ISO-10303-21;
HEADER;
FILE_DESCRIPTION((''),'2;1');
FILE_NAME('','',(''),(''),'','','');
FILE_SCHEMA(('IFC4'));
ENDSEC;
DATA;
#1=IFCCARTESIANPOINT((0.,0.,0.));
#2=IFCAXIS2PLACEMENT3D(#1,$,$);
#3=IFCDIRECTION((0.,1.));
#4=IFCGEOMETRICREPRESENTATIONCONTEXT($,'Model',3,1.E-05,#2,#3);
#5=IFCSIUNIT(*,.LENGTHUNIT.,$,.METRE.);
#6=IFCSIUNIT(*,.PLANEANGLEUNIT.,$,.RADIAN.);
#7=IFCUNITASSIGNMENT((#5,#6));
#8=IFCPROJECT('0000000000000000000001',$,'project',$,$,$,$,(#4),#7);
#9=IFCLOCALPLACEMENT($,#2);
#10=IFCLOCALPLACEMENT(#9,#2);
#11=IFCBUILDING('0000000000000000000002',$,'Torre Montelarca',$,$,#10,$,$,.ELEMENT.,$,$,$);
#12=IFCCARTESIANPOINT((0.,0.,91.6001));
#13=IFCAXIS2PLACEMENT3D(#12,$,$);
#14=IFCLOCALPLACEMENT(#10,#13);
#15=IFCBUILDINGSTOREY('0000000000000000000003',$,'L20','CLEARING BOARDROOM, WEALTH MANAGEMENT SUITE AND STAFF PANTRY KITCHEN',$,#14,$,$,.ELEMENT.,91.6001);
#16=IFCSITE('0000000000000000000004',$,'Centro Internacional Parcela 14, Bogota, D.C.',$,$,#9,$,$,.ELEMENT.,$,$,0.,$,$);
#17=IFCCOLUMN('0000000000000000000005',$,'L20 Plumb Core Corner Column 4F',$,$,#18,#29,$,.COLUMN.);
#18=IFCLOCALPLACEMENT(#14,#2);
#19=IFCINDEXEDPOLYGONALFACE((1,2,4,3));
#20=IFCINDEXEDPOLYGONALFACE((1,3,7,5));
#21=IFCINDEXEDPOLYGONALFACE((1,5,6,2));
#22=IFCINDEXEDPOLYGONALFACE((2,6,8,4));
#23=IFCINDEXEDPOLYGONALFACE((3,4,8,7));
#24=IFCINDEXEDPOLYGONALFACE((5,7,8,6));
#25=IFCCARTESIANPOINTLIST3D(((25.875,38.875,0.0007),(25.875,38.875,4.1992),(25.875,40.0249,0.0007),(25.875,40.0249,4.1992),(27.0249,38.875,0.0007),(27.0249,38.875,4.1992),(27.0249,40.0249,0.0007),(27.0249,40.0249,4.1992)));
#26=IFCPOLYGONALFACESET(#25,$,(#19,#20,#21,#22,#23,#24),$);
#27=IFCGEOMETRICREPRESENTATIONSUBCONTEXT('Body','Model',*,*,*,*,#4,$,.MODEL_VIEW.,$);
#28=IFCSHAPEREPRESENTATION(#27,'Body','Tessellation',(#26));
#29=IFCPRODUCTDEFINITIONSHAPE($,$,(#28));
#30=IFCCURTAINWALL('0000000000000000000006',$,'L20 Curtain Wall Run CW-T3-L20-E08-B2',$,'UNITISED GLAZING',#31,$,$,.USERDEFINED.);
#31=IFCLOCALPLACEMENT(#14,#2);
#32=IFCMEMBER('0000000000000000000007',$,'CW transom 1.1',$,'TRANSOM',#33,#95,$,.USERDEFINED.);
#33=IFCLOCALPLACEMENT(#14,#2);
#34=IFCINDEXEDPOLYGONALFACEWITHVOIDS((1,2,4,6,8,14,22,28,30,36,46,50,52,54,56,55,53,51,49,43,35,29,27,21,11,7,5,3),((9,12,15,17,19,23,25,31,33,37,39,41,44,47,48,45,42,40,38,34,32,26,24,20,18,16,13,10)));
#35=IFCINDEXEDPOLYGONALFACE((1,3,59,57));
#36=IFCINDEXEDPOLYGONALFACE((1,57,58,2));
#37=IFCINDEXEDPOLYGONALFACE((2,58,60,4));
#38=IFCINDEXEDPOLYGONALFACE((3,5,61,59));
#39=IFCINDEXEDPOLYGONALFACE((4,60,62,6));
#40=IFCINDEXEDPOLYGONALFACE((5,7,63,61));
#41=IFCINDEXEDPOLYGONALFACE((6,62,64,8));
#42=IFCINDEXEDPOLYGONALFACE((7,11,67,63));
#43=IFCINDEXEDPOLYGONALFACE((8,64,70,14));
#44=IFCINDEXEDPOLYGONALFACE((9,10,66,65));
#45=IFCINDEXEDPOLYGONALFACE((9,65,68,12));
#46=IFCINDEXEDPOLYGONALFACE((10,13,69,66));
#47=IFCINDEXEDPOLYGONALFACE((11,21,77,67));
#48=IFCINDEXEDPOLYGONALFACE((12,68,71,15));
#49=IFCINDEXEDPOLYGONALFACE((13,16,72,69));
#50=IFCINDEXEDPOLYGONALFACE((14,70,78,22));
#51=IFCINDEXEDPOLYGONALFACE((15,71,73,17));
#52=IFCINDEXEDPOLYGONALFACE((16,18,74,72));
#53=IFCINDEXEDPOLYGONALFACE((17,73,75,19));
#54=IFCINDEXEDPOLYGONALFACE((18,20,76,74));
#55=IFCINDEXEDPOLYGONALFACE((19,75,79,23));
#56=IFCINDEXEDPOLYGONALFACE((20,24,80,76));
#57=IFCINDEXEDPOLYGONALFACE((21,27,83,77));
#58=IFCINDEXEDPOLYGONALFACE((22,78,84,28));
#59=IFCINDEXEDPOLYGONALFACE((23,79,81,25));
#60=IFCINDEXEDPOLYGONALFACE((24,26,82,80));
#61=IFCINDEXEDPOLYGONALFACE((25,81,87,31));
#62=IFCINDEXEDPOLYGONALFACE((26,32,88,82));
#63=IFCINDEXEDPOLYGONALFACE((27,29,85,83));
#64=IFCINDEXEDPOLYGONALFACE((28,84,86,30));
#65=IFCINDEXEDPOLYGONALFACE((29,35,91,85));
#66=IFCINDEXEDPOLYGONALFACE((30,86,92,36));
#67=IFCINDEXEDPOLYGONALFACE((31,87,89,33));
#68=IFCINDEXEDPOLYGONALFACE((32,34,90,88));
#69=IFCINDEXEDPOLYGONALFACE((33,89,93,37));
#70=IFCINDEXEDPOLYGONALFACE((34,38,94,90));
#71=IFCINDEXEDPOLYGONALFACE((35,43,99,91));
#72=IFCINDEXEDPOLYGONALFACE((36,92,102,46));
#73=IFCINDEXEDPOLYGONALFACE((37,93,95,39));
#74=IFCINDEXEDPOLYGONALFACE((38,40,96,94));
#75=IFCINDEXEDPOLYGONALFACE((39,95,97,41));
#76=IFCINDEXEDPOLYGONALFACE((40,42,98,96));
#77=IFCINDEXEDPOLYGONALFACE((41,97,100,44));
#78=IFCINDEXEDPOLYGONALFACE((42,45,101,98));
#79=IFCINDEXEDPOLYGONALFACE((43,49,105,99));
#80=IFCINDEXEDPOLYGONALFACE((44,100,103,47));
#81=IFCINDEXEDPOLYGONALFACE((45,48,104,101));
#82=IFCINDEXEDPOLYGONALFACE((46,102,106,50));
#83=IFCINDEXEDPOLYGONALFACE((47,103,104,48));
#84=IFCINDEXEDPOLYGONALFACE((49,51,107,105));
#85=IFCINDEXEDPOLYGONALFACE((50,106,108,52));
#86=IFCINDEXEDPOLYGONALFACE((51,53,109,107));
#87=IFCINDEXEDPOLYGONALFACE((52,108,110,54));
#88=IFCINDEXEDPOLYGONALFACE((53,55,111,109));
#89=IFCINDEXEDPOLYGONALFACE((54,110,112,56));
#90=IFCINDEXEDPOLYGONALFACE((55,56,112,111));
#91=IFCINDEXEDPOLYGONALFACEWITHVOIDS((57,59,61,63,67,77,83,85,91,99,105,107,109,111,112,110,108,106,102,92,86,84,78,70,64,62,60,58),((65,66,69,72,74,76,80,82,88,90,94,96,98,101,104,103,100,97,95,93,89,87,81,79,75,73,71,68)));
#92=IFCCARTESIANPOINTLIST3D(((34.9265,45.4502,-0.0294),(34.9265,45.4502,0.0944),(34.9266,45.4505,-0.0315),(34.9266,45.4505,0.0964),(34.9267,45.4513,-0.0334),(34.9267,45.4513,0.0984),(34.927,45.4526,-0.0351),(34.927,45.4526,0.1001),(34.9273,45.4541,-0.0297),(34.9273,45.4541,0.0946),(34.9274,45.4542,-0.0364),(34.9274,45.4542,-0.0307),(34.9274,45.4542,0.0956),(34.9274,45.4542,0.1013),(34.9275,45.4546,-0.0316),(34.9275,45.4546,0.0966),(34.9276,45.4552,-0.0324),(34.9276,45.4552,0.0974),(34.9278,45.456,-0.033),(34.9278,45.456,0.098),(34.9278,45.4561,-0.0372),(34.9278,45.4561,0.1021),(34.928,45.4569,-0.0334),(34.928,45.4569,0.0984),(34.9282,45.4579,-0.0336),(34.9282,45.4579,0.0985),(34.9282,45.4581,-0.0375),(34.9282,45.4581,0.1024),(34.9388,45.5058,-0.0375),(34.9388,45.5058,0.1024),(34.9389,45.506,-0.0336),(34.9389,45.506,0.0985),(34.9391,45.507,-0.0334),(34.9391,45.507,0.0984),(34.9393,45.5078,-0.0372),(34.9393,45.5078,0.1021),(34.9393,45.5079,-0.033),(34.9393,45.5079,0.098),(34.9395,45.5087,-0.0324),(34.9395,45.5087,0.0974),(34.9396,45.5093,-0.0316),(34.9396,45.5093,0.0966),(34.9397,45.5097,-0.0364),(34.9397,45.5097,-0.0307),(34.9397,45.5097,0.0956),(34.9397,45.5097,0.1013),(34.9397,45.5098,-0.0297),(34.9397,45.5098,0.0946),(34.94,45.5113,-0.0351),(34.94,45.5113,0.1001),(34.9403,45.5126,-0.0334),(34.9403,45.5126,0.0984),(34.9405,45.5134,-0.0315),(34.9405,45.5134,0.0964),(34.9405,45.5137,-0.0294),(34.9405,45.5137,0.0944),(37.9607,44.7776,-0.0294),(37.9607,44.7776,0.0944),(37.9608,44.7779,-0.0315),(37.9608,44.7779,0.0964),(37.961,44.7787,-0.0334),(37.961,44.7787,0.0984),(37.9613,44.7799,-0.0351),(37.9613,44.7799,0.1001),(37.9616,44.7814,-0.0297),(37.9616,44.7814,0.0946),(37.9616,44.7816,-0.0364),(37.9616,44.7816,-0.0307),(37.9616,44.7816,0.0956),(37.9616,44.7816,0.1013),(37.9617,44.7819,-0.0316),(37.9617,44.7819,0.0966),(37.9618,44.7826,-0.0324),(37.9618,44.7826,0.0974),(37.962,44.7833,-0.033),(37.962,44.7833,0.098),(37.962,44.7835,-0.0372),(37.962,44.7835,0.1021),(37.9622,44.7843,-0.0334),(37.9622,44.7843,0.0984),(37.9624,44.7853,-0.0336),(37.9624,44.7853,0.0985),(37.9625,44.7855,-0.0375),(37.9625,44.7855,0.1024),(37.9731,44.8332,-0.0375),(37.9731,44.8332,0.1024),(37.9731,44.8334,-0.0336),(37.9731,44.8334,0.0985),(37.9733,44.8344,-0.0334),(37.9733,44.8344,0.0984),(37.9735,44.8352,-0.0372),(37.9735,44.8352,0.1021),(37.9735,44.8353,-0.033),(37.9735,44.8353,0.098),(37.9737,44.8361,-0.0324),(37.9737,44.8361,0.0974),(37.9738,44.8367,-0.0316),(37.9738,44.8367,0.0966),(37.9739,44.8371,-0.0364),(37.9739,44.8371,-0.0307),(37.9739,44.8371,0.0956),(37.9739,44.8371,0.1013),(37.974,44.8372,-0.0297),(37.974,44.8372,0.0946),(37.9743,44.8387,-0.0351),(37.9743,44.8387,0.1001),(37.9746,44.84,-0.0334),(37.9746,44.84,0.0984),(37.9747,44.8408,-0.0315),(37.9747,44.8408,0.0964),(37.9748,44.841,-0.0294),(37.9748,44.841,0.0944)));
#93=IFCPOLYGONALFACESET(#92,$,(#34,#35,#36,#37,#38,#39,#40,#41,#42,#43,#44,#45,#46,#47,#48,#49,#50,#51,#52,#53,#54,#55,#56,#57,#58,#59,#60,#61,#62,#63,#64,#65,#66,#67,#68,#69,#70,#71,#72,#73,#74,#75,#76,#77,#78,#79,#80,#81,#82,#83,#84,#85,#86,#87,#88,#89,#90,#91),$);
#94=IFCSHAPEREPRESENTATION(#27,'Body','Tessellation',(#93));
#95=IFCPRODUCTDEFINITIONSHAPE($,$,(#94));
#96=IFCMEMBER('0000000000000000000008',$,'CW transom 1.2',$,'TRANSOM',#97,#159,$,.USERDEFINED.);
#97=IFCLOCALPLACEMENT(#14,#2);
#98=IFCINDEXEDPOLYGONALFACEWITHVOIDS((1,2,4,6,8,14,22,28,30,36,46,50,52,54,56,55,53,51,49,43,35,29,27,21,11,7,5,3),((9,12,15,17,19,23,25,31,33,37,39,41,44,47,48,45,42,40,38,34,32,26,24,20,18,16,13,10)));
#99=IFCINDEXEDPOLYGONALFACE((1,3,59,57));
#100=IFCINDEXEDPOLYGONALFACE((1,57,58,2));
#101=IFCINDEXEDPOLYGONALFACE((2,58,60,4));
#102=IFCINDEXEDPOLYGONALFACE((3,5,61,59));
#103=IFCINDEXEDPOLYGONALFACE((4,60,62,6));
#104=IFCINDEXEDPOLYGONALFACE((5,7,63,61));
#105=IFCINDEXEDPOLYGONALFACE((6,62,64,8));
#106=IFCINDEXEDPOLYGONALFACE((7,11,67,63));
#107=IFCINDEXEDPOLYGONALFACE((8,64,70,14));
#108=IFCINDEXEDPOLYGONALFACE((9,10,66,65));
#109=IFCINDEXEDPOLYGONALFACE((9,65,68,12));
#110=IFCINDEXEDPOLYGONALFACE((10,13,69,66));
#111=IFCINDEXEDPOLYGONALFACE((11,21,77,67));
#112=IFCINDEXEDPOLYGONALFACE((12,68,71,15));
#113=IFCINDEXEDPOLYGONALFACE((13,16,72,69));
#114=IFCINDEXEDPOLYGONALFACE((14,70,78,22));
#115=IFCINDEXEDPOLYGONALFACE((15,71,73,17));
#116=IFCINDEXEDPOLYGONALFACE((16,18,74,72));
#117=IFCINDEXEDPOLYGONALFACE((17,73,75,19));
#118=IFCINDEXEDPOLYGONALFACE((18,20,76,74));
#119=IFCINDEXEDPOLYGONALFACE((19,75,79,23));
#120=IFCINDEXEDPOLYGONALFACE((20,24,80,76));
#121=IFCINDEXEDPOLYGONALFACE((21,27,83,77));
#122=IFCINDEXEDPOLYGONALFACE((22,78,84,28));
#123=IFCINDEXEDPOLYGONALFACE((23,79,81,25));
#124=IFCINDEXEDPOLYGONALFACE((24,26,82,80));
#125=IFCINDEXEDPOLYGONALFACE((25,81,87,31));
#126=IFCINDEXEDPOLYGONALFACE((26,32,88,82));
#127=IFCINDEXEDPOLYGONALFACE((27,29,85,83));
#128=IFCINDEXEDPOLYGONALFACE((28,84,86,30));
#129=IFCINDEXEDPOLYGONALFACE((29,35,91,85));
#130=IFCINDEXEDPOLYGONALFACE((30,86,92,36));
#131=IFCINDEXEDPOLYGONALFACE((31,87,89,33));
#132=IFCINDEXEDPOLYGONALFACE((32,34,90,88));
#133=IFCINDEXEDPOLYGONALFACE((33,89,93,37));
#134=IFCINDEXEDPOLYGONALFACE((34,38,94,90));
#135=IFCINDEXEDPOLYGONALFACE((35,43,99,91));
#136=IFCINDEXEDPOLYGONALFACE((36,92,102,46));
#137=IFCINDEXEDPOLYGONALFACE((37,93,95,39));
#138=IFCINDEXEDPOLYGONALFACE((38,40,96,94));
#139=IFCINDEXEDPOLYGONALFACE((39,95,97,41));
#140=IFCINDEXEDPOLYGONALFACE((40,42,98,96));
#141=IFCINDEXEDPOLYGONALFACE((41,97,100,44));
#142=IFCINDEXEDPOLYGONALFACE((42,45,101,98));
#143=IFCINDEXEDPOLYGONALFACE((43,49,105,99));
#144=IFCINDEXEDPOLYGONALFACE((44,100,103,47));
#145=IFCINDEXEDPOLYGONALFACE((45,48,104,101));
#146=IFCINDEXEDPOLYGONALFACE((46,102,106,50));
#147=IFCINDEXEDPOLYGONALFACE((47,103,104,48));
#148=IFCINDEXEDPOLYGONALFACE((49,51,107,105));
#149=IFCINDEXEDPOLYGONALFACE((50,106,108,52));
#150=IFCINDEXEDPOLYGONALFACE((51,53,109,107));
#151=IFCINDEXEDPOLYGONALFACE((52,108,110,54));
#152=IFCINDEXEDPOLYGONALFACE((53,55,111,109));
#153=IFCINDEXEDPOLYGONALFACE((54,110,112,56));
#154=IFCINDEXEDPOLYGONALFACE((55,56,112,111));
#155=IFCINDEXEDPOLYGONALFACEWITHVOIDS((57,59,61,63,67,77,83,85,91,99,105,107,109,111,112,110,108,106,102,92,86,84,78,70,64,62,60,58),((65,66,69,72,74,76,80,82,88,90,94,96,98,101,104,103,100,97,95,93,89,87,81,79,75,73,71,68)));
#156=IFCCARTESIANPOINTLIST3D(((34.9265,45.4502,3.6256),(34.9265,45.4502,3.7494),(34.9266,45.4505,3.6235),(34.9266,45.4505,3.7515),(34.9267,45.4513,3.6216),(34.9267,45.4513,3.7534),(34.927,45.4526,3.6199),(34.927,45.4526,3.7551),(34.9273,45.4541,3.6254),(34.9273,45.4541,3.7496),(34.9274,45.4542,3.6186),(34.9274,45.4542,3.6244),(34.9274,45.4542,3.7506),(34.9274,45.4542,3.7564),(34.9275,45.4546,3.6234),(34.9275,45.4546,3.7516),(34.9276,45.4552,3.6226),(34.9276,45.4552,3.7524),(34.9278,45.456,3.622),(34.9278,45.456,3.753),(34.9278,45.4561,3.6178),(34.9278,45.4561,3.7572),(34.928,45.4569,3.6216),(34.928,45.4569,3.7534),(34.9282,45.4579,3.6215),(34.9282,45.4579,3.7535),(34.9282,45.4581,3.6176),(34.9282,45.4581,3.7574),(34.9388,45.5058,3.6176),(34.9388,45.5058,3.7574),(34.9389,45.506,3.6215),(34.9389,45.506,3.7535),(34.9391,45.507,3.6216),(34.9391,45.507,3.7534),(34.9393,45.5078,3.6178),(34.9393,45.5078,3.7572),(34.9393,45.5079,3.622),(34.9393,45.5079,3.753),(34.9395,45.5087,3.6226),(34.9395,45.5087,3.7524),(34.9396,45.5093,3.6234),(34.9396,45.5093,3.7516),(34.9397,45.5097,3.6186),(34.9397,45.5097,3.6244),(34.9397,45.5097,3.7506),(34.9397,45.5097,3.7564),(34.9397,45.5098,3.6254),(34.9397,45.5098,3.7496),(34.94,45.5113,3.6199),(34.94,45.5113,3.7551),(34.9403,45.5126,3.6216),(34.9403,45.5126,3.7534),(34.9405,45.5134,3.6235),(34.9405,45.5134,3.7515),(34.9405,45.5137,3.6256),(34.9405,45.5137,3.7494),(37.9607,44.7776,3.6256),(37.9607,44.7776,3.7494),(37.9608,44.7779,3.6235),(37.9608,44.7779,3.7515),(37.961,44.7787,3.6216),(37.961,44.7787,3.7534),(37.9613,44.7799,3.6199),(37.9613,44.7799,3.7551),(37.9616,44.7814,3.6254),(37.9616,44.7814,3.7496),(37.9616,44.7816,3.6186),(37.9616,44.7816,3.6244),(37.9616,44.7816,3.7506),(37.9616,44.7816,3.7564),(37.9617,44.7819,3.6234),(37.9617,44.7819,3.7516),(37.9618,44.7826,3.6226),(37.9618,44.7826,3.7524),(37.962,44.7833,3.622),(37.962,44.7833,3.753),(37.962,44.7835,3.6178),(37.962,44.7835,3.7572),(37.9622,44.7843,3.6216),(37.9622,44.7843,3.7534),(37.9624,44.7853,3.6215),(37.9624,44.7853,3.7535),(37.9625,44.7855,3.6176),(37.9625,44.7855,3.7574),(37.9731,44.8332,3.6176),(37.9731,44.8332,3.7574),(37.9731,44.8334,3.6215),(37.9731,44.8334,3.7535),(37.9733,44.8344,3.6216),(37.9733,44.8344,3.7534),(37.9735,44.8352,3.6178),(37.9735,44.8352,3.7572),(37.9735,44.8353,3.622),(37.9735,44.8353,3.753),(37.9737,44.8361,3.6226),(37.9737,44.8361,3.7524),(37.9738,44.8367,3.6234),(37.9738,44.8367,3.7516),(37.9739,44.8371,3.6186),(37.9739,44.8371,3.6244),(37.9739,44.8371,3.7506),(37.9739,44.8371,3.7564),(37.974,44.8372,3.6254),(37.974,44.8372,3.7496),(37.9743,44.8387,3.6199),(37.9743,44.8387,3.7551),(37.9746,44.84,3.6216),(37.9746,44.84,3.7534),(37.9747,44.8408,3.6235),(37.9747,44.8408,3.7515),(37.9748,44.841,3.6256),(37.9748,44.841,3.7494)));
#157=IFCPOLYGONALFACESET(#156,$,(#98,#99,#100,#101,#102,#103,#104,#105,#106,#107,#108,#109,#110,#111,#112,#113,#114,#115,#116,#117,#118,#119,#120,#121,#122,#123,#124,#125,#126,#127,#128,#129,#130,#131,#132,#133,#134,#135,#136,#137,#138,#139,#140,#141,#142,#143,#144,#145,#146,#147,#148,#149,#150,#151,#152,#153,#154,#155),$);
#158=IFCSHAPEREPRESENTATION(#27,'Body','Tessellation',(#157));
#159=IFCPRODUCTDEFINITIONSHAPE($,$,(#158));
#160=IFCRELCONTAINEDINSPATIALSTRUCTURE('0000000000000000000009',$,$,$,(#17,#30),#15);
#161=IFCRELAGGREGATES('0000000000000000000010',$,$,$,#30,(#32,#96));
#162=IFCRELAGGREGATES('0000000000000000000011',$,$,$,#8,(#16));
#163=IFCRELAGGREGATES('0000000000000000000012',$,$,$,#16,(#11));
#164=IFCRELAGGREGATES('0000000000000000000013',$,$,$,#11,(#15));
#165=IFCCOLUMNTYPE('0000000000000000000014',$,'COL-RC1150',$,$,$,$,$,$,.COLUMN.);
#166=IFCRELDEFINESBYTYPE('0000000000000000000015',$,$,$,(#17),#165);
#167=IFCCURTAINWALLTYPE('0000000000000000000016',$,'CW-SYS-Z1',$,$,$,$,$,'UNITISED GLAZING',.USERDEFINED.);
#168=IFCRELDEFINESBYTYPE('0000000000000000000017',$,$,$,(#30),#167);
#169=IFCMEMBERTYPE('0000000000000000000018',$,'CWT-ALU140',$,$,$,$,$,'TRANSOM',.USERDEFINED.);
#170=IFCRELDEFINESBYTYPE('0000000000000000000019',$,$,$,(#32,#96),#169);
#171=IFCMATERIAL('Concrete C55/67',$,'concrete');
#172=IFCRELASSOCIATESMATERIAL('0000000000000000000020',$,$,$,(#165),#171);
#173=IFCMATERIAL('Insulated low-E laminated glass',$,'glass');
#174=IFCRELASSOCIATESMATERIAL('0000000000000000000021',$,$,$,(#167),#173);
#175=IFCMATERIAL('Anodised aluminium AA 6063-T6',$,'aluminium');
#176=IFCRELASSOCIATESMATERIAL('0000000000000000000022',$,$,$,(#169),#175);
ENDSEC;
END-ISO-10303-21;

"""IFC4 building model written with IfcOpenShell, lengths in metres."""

from ifc_helpers import new_model, si_unit, direction, frame, origin, origin_2d, place, context, subcontext, project, spatial, rectangle, hollow_rectangle, extrude, source, transform, mapped, material, material_profile, profile_set, type_object, element, aggregate, save


model = new_model("IFC4")

# Units and contexts
model_context = context("Model", 3, precision=1e-05, world=origin(), true_north=direction((0.0, 1.0)))
body_context = subcontext(model_context, "Body", "Model", "MODEL_VIEW")
ifc_project = project(units=[si_unit("LENGTHUNIT", "METRE"), si_unit("PLANEANGLEUNIT", "RADIAN")], contexts=[model_context])

# Site, building, storey
site_placement = place(None, origin())
site = spatial("IfcSite", under=ifc_project, at=site_placement, Name="Centro Internacional Parcela 14, Bogota, D.C.", CompositionType="ELEMENT", RefElevation=0.0)
building_placement = place(site_placement, origin())
building = spatial("IfcBuilding", under=site, at=building_placement, Name="Torre Montelarca", CompositionType="ELEMENT")
storey_placement = place(building_placement, frame((0.0, 0.0, 91.6001)))
storey = spatial("IfcBuildingStorey", under=building, at=storey_placement, Name="L20", Description="CLEARING BOARDROOM, WEALTH MANAGEMENT SUITE AND STAFF PANTRY KITCHEN", CompositionType="ELEMENT", Elevation=91.6001)

# Column
ifc_material_1 = material(Name="Concrete C55/67", Category="concrete")
ifc_material_profile_1 = material_profile(ifc_material_1, rectangle(XDim=1.1499, YDim=1.1499, at=origin_2d()), Name="RC1150X1150", Category="concrete")
ifc_profile_set_1 = profile_set([ifc_material_profile_1], Name="Concrete C55/67")
column_type_1 = type_object("IfcColumnType", Name="COL-RC1150", PredefinedType="COLUMN", material=ifc_profile_set_1)
shared_shape_1 = source(origin(), body_context, "Body", "SweptSolid", [
    extrude(rectangle(XDim=1.1499, YDim=1.1499, at=origin_2d()), origin(), (0.0, 0.0, 1.0), 4.1985),
])
column_1_placement = place(storey_placement, frame((26.45, 39.45, 0.0007), z_axis=(0.0, 0.0, 1.0), x_axis=(1.0, 0.0, 0.0)))
element("IfcColumn", 1, at=column_1_placement, inside=storey, type_object=column_type_1, Name="L20 Plumb Core Corner Column 4F", PredefinedType="COLUMN", context=body_context, shape_type="MappedRepresentation", body=[
    mapped(shared_shape_1, transform((0.0, 0.0, 0.0), scale=1.0)),
])

# Curtain wall, members
ifc_material_2 = material(Name="Insulated low-E laminated glass", Category="glass")
curtain_wall_type = type_object("IfcCurtainWallType", Name="CW-SYS-Z1", ElementType="UNITISED GLAZING", PredefinedType="USERDEFINED", material=ifc_material_2)
curtain_wall_placement = place(storey_placement, origin())
curtain_wall = element("IfcCurtainWall", 2, at=curtain_wall_placement, inside=storey, type_object=curtain_wall_type, Name="L20 Curtain Wall Run CW-T3-L20-E08-B2", ObjectType="UNITISED GLAZING", PredefinedType="USERDEFINED")
ifc_material_3 = material(Name="Anodised aluminium AA 6063-T6", Category="aluminium")
ifc_material_profile_2 = material_profile(ifc_material_3, hollow_rectangle(XDim=0.0649, YDim=0.1399, WallThickness=0.0039, InnerFilletRadius=0.0039, OuterFilletRadius=0.0081, at=origin_2d()), Name="ALU65X140X4", Category="aluminium")
ifc_profile_set_2 = profile_set([ifc_material_profile_2], Name="Anodised aluminium AA 6063-T6")
member_type_1 = type_object("IfcMemberType", Name="CWT-ALU140", ElementType="TRANSOM", PredefinedType="USERDEFINED", material=ifc_profile_set_2)
shared_shape_2 = source(origin(), body_context, "Body", "SweptSolid", [
    extrude(hollow_rectangle(XDim=0.0649, YDim=0.1399, WallThickness=0.0039, InnerFilletRadius=0.0039, OuterFilletRadius=0.0081, at=origin_2d()), origin(), (0.0, 0.0, 1.0), 3.1079),
])
member_1_placement = place(storey_placement, frame((37.9678, 44.8093, 0.0325), z_axis=(-0.9763, 0.216423, 0.0), x_axis=(-0.216423, -0.9763, 0.0)))
member_1 = element("IfcMember", 3, at=member_1_placement, type_object=member_type_1, Name="CW transom 1.1", ObjectType="TRANSOM", PredefinedType="USERDEFINED", context=body_context, shape_type="MappedRepresentation", body=[
    mapped(shared_shape_2, transform((0.0, 0.0, 0.0), scale=1.0)),
])
member_2_placement = place(storey_placement, frame((37.9678, 44.8093, 3.6875), z_axis=(-0.9763, 0.216423, 0.0), x_axis=(-0.216423, -0.9763, 0.0)))
member_2 = element("IfcMember", 4, at=member_2_placement, type_object=member_type_1, Name="CW transom 1.2", ObjectType="TRANSOM", PredefinedType="USERDEFINED", context=body_context, shape_type="MappedRepresentation", body=[
    mapped(shared_shape_2, transform((0.0, 0.0, 0.0), scale=1.0)),
])
aggregate(curtain_wall, [member_1, member_2])

save(model, "model.ifc")
